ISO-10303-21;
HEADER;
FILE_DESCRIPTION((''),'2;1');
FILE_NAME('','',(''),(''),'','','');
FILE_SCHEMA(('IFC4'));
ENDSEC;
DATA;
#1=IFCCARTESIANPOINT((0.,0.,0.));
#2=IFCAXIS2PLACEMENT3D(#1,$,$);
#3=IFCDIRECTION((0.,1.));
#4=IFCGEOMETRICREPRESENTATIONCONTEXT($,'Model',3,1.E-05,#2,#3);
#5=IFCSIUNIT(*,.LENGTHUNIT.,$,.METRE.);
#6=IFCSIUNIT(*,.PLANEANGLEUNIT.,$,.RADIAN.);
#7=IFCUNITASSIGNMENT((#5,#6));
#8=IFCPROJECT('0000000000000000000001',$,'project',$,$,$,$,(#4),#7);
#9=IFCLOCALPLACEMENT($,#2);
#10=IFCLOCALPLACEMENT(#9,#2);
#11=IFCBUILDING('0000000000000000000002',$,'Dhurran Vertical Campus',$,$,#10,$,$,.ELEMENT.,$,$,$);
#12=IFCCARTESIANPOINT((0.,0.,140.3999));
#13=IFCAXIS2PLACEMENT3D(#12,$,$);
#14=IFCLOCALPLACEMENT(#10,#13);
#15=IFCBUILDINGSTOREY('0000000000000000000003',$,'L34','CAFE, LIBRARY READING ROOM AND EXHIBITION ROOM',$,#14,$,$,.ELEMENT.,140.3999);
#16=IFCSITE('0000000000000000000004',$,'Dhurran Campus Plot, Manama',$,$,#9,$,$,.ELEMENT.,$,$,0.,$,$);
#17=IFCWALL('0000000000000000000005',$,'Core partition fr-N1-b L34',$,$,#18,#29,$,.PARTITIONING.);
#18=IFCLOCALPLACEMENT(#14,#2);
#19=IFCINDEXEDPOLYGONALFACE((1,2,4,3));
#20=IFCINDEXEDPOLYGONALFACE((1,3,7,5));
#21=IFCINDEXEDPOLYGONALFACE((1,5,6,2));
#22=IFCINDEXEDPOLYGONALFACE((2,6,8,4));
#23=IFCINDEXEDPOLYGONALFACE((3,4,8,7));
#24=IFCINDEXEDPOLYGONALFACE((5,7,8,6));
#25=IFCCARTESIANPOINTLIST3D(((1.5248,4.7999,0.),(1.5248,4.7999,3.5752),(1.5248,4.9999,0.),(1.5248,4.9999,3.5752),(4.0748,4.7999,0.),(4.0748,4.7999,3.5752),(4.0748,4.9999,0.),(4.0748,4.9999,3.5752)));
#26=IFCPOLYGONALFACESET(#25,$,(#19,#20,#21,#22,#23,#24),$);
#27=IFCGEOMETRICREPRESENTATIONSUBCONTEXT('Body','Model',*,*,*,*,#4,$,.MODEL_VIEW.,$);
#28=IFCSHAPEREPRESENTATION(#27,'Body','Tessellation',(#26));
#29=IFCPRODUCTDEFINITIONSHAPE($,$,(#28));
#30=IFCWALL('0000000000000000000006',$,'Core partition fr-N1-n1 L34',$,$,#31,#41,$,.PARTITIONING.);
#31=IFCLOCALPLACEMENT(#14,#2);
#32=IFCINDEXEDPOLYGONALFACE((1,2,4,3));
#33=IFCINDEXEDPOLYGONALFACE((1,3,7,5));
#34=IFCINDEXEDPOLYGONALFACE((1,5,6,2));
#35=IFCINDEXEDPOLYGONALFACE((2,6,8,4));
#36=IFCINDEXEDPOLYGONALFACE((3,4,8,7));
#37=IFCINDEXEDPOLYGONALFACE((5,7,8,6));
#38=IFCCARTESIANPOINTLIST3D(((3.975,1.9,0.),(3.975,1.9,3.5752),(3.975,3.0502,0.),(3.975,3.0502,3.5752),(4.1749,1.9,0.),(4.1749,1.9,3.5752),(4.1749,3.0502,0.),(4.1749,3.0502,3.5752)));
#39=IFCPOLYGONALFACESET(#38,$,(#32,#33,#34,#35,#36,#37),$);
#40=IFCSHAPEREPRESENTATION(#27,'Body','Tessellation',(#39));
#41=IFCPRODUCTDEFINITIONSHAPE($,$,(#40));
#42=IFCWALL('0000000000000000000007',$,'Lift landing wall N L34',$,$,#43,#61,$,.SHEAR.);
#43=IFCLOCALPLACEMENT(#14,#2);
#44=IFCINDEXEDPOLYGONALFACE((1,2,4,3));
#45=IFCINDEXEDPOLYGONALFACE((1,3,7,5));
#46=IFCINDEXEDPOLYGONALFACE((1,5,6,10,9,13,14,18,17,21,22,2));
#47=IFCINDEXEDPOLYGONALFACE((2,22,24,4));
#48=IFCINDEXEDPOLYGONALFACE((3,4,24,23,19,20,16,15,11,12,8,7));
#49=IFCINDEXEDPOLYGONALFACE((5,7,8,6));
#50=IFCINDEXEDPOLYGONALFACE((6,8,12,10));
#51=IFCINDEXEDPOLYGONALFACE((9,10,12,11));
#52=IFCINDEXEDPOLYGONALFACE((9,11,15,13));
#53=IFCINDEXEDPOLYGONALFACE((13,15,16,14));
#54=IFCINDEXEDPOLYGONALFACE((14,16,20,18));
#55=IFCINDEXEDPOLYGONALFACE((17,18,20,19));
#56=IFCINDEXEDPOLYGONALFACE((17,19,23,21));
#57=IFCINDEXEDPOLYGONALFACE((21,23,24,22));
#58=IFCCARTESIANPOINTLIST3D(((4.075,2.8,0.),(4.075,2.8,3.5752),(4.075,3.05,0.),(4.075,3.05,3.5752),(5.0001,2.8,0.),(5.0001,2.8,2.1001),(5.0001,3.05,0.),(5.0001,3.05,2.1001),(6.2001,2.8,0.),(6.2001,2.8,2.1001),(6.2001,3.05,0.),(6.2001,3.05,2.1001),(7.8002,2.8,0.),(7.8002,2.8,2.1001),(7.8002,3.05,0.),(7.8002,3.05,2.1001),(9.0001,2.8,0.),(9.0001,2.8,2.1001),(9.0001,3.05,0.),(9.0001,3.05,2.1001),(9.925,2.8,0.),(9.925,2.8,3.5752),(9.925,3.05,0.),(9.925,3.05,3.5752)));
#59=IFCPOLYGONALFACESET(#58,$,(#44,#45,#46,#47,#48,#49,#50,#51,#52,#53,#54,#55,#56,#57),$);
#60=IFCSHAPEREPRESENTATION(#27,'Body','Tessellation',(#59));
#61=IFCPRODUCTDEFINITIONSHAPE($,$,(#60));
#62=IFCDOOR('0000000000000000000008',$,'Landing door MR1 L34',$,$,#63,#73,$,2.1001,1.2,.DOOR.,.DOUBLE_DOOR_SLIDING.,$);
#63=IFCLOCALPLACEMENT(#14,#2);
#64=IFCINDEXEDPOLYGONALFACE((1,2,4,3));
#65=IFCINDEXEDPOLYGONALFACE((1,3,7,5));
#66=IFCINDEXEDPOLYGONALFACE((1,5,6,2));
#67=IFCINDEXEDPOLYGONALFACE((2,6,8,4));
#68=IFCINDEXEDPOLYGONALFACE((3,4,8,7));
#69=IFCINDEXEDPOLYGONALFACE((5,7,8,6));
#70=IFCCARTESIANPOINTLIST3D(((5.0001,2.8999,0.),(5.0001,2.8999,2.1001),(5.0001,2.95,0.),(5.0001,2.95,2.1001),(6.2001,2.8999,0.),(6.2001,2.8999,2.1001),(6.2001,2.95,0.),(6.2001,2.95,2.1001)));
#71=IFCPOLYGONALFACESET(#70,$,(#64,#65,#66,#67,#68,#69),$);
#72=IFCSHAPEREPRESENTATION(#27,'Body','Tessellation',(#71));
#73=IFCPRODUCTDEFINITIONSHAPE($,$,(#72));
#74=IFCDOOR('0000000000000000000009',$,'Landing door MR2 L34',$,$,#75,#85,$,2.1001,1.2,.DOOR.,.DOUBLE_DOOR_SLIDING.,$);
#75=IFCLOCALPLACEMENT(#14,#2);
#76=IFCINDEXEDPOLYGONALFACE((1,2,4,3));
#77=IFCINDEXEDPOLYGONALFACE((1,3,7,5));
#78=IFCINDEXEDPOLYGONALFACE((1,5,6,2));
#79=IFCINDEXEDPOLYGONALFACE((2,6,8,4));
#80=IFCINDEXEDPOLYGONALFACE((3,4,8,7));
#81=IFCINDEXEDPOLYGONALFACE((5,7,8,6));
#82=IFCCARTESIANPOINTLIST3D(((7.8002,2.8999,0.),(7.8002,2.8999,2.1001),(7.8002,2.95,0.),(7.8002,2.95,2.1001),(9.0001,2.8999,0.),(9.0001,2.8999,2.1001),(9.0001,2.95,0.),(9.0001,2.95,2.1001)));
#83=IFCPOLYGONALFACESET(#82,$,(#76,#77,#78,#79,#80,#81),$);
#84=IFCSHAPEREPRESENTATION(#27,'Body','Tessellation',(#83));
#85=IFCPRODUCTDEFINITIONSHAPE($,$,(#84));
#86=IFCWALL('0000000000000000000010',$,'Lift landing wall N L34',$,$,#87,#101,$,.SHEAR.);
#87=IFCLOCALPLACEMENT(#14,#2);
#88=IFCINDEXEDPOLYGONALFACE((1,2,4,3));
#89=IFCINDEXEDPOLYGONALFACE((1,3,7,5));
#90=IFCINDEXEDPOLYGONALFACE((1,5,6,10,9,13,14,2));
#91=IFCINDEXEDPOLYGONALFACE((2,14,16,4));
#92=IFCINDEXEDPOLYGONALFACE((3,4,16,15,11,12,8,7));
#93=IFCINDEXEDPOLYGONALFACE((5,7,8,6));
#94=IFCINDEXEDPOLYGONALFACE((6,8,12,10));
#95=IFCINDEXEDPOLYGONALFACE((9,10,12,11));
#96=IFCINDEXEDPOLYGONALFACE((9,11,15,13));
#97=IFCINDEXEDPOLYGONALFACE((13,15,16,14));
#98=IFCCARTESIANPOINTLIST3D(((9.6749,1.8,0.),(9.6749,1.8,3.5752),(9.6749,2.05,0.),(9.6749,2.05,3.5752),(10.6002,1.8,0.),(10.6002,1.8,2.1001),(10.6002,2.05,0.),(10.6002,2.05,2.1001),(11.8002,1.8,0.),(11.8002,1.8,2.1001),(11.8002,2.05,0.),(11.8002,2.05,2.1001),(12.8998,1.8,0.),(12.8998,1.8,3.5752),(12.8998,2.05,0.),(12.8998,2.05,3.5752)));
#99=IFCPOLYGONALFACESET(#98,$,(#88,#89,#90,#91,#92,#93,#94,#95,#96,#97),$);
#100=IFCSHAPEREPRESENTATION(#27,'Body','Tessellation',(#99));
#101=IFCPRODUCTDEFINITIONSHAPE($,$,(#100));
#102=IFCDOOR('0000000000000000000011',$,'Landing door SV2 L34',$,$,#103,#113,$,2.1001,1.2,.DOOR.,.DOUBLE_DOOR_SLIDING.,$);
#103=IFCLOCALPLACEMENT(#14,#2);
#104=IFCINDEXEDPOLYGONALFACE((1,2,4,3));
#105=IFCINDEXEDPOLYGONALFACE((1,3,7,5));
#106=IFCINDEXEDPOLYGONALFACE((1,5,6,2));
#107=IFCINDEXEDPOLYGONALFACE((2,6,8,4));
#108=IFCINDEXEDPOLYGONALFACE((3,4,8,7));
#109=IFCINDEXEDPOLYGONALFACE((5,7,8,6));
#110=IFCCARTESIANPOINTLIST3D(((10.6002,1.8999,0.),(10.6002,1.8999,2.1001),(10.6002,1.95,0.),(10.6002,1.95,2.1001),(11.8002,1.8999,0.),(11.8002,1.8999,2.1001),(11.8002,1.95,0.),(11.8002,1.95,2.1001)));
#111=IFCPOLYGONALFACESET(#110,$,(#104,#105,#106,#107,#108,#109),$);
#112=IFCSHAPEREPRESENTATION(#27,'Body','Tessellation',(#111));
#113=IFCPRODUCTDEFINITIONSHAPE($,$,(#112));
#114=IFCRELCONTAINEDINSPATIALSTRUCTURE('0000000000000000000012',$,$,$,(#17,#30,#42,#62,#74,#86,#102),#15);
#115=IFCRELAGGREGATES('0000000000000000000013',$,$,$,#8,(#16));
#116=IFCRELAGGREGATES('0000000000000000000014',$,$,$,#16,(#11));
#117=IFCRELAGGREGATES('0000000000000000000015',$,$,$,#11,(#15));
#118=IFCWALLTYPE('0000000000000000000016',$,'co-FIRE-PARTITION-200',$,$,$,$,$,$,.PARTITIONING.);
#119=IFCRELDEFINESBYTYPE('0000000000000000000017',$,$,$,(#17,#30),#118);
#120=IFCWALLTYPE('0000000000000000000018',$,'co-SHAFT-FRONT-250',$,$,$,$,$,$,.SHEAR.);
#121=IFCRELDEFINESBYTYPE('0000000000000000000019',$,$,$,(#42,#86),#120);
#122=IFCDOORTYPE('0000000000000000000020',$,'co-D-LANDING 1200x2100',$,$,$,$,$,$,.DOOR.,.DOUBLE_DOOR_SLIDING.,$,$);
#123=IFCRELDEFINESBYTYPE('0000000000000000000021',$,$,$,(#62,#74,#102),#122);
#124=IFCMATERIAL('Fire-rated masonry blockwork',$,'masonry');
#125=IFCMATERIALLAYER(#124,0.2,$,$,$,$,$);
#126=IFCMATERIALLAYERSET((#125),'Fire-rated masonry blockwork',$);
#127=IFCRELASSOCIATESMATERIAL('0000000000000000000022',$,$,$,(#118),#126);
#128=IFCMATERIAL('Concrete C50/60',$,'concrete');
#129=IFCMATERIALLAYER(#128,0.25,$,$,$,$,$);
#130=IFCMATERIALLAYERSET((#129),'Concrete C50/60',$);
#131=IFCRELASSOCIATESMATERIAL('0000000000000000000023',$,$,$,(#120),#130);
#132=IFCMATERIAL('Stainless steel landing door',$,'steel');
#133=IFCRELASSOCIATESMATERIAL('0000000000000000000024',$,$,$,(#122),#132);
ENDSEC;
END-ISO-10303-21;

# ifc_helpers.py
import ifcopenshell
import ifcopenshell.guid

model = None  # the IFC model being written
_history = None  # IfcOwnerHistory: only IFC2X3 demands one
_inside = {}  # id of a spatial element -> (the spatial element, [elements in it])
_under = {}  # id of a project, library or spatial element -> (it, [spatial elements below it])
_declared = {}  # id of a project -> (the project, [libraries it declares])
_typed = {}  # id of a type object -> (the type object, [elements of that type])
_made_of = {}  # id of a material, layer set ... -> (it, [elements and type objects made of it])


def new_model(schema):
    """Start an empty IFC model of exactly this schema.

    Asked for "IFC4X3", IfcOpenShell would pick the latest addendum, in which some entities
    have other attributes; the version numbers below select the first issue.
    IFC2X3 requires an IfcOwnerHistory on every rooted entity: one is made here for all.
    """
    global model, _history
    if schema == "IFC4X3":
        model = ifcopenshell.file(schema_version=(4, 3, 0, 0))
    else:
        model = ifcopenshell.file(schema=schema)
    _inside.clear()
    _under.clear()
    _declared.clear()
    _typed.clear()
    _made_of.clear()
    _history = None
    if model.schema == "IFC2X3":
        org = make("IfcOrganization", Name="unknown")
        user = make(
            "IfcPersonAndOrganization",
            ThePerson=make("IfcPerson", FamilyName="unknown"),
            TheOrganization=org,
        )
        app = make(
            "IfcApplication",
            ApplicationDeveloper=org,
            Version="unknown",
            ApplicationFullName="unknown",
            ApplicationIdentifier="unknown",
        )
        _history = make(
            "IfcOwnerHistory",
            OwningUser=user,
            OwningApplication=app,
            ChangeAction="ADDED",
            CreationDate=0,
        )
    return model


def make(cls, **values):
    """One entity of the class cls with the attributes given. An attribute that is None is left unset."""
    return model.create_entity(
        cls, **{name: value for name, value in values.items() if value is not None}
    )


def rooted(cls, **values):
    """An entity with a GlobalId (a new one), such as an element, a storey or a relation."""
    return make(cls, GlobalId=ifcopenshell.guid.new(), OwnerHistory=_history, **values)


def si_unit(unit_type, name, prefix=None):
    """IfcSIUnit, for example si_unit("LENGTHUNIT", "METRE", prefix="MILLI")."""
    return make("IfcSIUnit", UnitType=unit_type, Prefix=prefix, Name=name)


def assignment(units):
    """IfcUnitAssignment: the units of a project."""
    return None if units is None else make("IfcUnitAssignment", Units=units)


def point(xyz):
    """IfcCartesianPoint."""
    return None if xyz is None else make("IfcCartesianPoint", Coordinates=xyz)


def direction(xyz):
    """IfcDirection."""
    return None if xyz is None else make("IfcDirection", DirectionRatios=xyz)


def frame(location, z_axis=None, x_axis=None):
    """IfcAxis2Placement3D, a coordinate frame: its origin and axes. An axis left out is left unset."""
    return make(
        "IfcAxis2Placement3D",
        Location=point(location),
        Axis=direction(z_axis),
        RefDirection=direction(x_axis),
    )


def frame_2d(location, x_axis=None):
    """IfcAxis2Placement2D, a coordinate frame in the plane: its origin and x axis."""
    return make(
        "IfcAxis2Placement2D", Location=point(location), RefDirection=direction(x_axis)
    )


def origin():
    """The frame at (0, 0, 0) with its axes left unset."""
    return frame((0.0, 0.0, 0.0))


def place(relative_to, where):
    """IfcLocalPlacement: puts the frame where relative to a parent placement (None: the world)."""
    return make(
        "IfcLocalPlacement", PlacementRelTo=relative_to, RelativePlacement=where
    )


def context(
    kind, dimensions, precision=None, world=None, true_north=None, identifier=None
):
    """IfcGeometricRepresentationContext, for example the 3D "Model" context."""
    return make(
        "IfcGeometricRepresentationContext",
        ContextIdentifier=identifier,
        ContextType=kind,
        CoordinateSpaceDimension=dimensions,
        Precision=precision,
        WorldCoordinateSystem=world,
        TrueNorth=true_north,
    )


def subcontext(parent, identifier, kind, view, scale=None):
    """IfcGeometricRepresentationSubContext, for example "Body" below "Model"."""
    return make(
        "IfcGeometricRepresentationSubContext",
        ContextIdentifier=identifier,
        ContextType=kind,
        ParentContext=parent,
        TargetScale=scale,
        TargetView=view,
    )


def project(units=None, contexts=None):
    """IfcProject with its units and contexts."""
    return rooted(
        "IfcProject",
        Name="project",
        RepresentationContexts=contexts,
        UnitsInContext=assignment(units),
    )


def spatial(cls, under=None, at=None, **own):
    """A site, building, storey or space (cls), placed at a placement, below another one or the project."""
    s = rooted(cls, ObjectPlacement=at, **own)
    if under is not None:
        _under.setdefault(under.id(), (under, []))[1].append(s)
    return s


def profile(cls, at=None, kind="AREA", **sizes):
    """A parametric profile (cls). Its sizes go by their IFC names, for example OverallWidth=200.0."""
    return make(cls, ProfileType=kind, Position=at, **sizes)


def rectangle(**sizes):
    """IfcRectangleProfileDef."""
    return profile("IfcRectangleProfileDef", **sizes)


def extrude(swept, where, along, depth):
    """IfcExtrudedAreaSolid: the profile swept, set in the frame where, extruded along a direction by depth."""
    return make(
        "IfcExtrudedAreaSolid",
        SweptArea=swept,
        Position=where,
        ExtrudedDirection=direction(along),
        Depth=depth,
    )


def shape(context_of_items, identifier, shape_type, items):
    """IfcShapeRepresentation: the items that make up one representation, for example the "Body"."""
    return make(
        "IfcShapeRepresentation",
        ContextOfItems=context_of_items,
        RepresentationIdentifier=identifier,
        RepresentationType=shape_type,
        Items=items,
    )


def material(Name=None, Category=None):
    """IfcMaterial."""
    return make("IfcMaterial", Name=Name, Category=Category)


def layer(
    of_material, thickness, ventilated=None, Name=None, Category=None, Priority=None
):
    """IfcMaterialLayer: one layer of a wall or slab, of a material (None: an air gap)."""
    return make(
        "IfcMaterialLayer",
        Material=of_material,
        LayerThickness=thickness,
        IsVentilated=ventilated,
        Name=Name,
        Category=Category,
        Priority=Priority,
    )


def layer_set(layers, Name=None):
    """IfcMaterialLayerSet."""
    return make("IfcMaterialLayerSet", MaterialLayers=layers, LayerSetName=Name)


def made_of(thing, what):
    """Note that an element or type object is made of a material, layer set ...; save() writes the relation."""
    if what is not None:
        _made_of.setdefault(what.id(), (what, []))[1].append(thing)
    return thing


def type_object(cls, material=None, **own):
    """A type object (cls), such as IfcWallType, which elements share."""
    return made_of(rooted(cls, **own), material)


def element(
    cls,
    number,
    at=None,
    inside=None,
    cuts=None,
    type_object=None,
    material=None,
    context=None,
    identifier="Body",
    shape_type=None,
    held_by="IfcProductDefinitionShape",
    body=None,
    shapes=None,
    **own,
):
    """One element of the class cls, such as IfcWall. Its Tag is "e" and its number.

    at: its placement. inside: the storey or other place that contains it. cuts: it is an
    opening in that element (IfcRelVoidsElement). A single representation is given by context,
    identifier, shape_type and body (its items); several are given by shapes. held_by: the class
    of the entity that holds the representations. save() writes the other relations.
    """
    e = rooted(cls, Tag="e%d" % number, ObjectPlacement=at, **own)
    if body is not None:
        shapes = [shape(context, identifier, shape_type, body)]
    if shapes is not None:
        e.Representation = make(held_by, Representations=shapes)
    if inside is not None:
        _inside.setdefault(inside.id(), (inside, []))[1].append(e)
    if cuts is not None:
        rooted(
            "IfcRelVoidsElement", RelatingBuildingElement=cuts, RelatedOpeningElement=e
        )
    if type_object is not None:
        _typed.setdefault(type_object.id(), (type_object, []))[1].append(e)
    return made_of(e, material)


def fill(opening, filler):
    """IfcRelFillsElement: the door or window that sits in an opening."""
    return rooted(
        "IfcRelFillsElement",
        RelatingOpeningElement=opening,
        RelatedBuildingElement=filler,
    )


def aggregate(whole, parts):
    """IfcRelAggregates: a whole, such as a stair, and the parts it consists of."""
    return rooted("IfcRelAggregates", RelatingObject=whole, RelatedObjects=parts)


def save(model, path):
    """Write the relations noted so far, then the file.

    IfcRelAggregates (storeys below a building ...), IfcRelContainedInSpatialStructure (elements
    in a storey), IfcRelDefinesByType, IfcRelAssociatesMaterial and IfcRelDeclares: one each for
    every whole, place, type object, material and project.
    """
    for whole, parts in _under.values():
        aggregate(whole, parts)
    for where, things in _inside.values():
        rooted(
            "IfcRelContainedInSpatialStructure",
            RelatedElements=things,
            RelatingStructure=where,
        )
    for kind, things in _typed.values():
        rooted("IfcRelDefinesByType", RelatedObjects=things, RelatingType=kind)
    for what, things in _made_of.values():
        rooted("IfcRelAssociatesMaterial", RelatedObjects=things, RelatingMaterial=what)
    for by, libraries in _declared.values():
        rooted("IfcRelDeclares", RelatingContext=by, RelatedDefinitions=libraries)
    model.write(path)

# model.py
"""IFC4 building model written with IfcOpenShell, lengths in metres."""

from ifc_helpers import new_model, si_unit, direction, frame, frame_2d, origin, place, context, subcontext, project, spatial, rectangle, extrude, material, layer, layer_set, type_object, element, fill, save


model = new_model("IFC4")

# Units and contexts
model_context = context("Model", 3, precision=1e-05, world=origin(), true_north=direction((0.0, 1.0)))
body_context = subcontext(model_context, "Body", "Model", "MODEL_VIEW")
ifc_project = project(units=[si_unit("LENGTHUNIT", "METRE"), si_unit("PLANEANGLEUNIT", "RADIAN")], contexts=[model_context])

# Site, building, storey
site_placement = place(None, origin())
site = spatial("IfcSite", under=ifc_project, at=site_placement, Name="Dhurran Campus Plot, Manama", CompositionType="ELEMENT", RefElevation=0.0)
building_placement = place(site_placement, origin())
building = spatial("IfcBuilding", under=site, at=building_placement, Name="Dhurran Vertical Campus", CompositionType="ELEMENT")
storey_placement = place(building_placement, frame((0.0, 0.0, 140.3999)))
storey = spatial("IfcBuildingStorey", under=building, at=storey_placement, Name="L34", Description="CAFE, LIBRARY READING ROOM AND EXHIBITION ROOM", CompositionType="ELEMENT", Elevation=140.3999)

# Shared definitions
ifc_material_1 = material(Name="Fire-rated masonry blockwork", Category="masonry")
ifc_layer_1 = layer(ifc_material_1, 0.2)
ifc_layer_set_1 = layer_set([ifc_layer_1], Name="Fire-rated masonry blockwork")
wall_type_1 = type_object("IfcWallType", Name="co-FIRE-PARTITION-200", PredefinedType="PARTITIONING", material=ifc_layer_set_1)

# Walls
wall_1_placement = place(storey_placement, frame((1.5249, 4.8999, 0.0), z_axis=(0.0, 0.0, 1.0), x_axis=(1.0, 0.0, 0.0)))
element("IfcWall", 1, at=wall_1_placement, inside=storey, type_object=wall_type_1, Name="Core partition fr-N1-b L34", PredefinedType="PARTITIONING", context=body_context, shape_type="SweptSolid", body=[
    extrude(rectangle(XDim=2.55, YDim=0.2, at=frame_2d((1.2749, 0.0))), origin(), (0.0, 0.0, 1.0), 3.5752),
])
wall_2_placement = place(storey_placement, frame((4.075, 1.8999, 0.0), z_axis=(0.0, 0.0, 1.0), x_axis=(0.0, 1.0, 0.0)))
element("IfcWall", 2, at=wall_2_placement, inside=storey, type_object=wall_type_1, Name="Core partition fr-N1-n1 L34", PredefinedType="PARTITIONING", context=body_context, shape_type="SweptSolid", body=[
    extrude(rectangle(XDim=1.1501, YDim=0.2, at=frame_2d((0.5752, 0.0))), origin(), (0.0, 0.0, 1.0), 3.5752),
])

# Wall, openings, doors
ifc_material_2 = material(Name="Concrete C50/60", Category="concrete")
ifc_layer_2 = layer(ifc_material_2, 0.25)
ifc_layer_set_2 = layer_set([ifc_layer_2], Name="Concrete C50/60")
wall_type_2 = type_object("IfcWallType", Name="co-SHAFT-FRONT-250", PredefinedType="SHEAR", material=ifc_layer_set_2)
wall_3_placement = place(storey_placement, frame((4.075, 2.925, 0.0), z_axis=(0.0, 0.0, 1.0), x_axis=(1.0, 0.0, 0.0)))
wall_3 = element("IfcWall", 3, at=wall_3_placement, inside=storey, type_object=wall_type_2, Name="Lift landing wall N L34", PredefinedType="SHEAR", context=body_context, shape_type="SweptSolid", body=[
    extrude(rectangle(XDim=5.8501, YDim=0.25, at=frame_2d((2.925, 0.0))), origin(), (0.0, 0.0, 1.0), 3.5752),
])
opening_1_placement = place(wall_3_placement, frame((0.925, 0.0, 0.0)))
opening_1 = element("IfcOpeningElement", 4, at=opening_1_placement, cuts=wall_3, PredefinedType="OPENING", context=body_context, shape_type="SweptSolid", body=[
    extrude(rectangle(XDim=1.2, YDim=2.1001, at=frame_2d((0.6001, 1.05))), frame((0.0, 0.135, 0.0), z_axis=(0.0, -1.0, 0.0), x_axis=(1.0, 0.0, 0.0)), (0.0, 0.0, 1.0), 0.27),
])
opening_2_placement = place(wall_3_placement, frame((3.7251, 0.0, 0.0)))
opening_2 = element("IfcOpeningElement", 5, at=opening_2_placement, cuts=wall_3, PredefinedType="OPENING", context=body_context, shape_type="SweptSolid", body=[
    extrude(rectangle(XDim=1.2, YDim=2.1001, at=frame_2d((0.6001, 1.05))), frame((0.0, 0.135, 0.0), z_axis=(0.0, -1.0, 0.0), x_axis=(1.0, 0.0, 0.0)), (0.0, 0.0, 1.0), 0.27),
])
ifc_material_3 = material(Name="Stainless steel landing door", Category="steel")
door_type_1 = type_object("IfcDoorType", Name="co-D-LANDING 1200x2100", OperationType="DOUBLE_DOOR_SLIDING", PredefinedType="DOOR", material=ifc_material_3)
door_1_placement = place(opening_1_placement, origin())
door_1 = element("IfcDoor", 6, at=door_1_placement, inside=storey, type_object=door_type_1, Name="Landing door MR1 L34", OperationType="DOUBLE_DOOR_SLIDING", OverallHeight=2.1001, OverallWidth=1.2, PredefinedType="DOOR", context=body_context, shape_type="SweptSolid", body=[
    extrude(rectangle(XDim=1.2, YDim=2.1001, at=frame_2d((0.6001, 1.05))), frame((0.0, 0.0249, 0.0), z_axis=(0.0, -1.0, 0.0), x_axis=(1.0, 0.0, 0.0)), (0.0, 0.0, 1.0), 0.05),
])
fill(opening_1, door_1)
door_2_placement = place(opening_2_placement, origin())
door_2 = element("IfcDoor", 7, at=door_2_placement, inside=storey, type_object=door_type_1, Name="Landing door MR2 L34", OperationType="DOUBLE_DOOR_SLIDING", OverallHeight=2.1001, OverallWidth=1.2, PredefinedType="DOOR", context=body_context, shape_type="SweptSolid", body=[
    extrude(rectangle(XDim=1.2, YDim=2.1001, at=frame_2d((0.6001, 1.05))), frame((0.0, 0.0249, 0.0), z_axis=(0.0, -1.0, 0.0), x_axis=(1.0, 0.0, 0.0)), (0.0, 0.0, 1.0), 0.05),
])
fill(opening_2, door_2)

# Wall, opening, door
wall_4_placement = place(storey_placement, frame((9.675, 1.925, 0.0), z_axis=(0.0, 0.0, 1.0), x_axis=(1.0, 0.0, 0.0)))
wall_4 = element("IfcWall", 8, at=wall_4_placement, inside=storey, type_object=wall_type_2, Name="Lift landing wall N L34", PredefinedType="SHEAR", context=body_context, shape_type="SweptSolid", body=[
    extrude(rectangle(XDim=3.2249, YDim=0.25, at=frame_2d((1.6123, 0.0))), origin(), (0.0, 0.0, 1.0), 3.5752),
])
opening_3_placement = place(wall_4_placement, frame((0.925, 0.0, 0.0)))
opening_3 = element("IfcOpeningElement", 9, at=opening_3_placement, cuts=wall_4, PredefinedType="OPENING", context=body_context, shape_type="SweptSolid", body=[
    extrude(rectangle(XDim=1.2, YDim=2.1001, at=frame_2d((0.6001, 1.05))), frame((0.0, 0.135, 0.0), z_axis=(0.0, -1.0, 0.0), x_axis=(1.0, 0.0, 0.0)), (0.0, 0.0, 1.0), 0.27),
])
door_3_placement = place(opening_3_placement, origin())
door_3 = element("IfcDoor", 10, at=door_3_placement, inside=storey, type_object=door_type_1, Name="Landing door SV2 L34", OperationType="DOUBLE_DOOR_SLIDING", OverallHeight=2.1001, OverallWidth=1.2, PredefinedType="DOOR", context=body_context, shape_type="SweptSolid", body=[
    extrude(rectangle(XDim=1.2, YDim=2.1001, at=frame_2d((0.6001, 1.05))), frame((0.0, 0.0249, 0.0), z_axis=(0.0, -1.0, 0.0), x_axis=(1.0, 0.0, 0.0)), (0.0, 0.0, 1.0), 0.05),
])
fill(opening_3, door_3)

save(model, "model.ifc")
